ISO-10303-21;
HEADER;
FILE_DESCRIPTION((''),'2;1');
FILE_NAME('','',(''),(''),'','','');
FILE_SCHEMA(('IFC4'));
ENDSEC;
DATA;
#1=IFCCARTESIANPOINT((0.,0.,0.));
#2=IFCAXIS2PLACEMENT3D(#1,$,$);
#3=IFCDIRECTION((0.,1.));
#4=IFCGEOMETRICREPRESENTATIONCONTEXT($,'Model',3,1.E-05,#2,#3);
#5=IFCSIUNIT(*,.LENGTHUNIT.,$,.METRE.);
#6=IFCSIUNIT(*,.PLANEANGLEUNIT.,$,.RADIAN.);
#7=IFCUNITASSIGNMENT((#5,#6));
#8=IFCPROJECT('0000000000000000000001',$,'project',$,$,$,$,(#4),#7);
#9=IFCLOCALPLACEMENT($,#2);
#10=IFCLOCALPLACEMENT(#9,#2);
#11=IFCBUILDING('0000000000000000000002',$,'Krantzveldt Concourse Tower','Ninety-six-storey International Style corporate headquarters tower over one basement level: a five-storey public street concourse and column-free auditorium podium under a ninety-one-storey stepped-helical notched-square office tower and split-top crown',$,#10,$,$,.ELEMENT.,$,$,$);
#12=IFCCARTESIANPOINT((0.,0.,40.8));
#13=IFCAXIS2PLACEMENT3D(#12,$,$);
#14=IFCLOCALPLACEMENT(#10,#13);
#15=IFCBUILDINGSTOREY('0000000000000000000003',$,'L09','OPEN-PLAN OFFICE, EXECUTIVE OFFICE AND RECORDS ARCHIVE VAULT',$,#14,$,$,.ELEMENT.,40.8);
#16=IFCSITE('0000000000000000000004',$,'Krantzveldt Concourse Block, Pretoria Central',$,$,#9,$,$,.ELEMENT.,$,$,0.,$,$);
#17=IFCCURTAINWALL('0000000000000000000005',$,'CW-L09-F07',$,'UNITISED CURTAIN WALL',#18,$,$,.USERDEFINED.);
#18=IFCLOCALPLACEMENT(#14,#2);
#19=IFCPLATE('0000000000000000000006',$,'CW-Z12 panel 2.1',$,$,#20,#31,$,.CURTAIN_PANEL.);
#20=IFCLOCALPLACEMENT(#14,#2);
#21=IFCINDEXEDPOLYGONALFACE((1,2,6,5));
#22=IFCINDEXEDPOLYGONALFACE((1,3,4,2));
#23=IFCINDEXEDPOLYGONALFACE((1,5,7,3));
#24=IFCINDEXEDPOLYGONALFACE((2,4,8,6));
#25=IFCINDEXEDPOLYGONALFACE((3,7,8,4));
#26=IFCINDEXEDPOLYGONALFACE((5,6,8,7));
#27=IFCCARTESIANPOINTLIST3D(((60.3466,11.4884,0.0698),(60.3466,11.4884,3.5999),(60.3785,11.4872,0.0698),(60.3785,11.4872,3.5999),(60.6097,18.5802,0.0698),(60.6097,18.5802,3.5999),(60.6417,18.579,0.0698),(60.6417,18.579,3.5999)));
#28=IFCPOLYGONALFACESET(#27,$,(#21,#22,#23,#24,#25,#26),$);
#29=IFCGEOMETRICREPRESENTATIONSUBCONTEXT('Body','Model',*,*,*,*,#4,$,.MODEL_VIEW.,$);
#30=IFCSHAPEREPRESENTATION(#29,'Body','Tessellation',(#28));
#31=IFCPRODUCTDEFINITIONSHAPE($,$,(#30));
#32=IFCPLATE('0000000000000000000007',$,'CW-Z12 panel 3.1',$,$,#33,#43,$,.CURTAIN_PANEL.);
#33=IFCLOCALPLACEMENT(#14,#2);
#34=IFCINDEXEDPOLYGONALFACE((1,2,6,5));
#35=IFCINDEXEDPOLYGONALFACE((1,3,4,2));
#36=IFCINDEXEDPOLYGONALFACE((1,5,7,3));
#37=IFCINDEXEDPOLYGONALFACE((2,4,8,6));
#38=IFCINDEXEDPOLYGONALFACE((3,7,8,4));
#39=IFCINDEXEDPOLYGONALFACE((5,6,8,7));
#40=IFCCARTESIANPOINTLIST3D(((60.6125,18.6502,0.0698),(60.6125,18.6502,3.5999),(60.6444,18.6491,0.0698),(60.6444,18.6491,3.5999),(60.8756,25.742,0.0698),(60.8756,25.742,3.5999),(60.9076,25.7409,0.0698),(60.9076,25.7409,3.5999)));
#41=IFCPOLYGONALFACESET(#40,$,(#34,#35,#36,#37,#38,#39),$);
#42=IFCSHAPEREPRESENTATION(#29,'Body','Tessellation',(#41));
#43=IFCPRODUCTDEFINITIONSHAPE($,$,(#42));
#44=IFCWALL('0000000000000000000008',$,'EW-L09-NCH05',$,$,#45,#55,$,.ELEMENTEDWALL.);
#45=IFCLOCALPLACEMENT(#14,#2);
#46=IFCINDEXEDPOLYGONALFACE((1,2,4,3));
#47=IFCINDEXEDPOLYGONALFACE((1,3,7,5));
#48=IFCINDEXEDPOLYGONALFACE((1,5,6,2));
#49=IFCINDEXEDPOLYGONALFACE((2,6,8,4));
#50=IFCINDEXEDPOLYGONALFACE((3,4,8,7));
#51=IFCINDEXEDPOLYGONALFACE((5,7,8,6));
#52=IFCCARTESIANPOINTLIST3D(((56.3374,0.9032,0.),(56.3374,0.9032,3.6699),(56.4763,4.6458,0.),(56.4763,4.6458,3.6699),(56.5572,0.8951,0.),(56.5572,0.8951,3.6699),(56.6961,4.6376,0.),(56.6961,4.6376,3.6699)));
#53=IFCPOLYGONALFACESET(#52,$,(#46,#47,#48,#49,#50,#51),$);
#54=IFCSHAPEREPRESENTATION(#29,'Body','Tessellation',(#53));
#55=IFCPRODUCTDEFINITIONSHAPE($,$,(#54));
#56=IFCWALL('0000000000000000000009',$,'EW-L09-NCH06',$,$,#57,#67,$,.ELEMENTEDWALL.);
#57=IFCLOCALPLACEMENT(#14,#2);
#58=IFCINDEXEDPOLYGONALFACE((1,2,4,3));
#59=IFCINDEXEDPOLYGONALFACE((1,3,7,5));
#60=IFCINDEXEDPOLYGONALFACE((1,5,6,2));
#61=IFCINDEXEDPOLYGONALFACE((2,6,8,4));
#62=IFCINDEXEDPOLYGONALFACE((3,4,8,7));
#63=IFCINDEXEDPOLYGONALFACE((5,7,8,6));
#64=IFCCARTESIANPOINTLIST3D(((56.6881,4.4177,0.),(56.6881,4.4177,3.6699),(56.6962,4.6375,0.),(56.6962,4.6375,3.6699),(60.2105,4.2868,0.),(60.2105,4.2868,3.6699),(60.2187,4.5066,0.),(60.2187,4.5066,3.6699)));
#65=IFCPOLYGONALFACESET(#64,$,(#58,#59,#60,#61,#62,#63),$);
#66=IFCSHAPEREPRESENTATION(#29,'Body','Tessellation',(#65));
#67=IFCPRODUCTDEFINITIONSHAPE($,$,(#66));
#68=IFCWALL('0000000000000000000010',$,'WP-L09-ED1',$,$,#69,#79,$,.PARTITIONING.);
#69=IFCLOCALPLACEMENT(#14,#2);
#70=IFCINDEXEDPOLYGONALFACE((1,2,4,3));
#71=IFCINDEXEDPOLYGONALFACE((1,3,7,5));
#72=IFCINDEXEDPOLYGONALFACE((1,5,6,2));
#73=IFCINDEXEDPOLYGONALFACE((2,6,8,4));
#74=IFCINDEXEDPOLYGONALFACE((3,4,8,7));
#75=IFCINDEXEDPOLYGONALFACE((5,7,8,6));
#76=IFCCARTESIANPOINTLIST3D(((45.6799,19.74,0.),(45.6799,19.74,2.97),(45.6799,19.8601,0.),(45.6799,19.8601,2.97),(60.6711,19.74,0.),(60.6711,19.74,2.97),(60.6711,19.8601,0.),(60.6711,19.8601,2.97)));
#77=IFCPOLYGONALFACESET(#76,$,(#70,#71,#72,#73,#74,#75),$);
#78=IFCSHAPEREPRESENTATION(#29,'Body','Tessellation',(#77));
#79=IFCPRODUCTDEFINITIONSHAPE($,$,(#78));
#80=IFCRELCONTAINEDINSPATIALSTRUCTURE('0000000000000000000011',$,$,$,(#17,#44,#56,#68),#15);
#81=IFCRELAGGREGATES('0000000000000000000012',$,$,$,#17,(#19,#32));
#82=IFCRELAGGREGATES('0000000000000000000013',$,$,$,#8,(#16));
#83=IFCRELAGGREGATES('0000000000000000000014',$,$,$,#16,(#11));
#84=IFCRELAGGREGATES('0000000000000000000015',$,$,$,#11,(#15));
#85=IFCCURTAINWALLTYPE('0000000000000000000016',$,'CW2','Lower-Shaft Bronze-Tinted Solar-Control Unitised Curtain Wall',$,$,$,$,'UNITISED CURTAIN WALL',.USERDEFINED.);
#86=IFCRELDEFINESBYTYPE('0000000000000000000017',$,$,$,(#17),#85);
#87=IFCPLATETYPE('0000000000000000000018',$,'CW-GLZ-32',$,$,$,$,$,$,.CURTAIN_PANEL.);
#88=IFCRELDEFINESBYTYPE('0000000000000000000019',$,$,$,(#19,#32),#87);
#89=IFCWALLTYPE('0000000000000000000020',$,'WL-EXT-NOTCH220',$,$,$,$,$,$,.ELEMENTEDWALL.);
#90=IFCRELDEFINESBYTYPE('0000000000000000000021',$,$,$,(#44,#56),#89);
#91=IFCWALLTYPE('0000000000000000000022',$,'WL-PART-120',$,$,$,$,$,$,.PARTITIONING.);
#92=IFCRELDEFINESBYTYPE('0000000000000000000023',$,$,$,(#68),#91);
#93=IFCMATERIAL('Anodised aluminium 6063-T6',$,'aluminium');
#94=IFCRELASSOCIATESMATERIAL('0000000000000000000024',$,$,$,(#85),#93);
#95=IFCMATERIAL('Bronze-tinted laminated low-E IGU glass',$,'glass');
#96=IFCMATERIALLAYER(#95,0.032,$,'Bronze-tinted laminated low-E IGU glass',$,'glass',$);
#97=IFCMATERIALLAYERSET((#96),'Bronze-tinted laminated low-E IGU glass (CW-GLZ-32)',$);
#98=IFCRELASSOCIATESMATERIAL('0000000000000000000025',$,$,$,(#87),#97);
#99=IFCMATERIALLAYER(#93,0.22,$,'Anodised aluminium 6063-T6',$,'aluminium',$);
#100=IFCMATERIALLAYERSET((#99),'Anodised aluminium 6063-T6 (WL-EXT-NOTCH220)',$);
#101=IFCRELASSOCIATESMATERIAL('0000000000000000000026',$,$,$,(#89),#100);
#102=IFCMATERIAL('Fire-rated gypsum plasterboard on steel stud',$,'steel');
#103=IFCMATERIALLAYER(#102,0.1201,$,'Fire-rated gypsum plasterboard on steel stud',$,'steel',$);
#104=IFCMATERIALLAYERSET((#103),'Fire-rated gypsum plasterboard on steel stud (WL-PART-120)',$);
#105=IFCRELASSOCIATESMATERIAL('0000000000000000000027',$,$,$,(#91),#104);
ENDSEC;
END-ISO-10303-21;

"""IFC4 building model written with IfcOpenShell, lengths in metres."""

from ifc_helpers import new_model, si_unit, direction, frame, frame_2d, origin, origin_2d, place, context, subcontext, project, spatial, rectangle, extrude, source, transform, mapped, material, layer, layer_set, type_object, element, aggregate, save


model = new_model("IFC4")

# Units and contexts
model_context = context("Model", 3, precision=1e-05, world=origin(), true_north=direction((0.0, 1.0)))
body_context = subcontext(model_context, "Body", "Model", "MODEL_VIEW")
ifc_project = project(units=[si_unit("LENGTHUNIT", "METRE"), si_unit("PLANEANGLEUNIT", "RADIAN")], contexts=[model_context])

# Site, building, storey
site_placement = place(None, origin())
site = spatial("IfcSite", under=ifc_project, at=site_placement, Name="Krantzveldt Concourse Block, Pretoria Central", CompositionType="ELEMENT", RefElevation=0.0)
building_placement = place(site_placement, origin())
building = spatial("IfcBuilding", under=site, at=building_placement, Name="Krantzveldt Concourse Tower", Description="Ninety-six-storey International Style corporate headquarters tower over one basement level: a five-storey public street concourse and column-free auditorium podium under a ninety-one-storey stepped-helical notched-square office tower and split-top crown", CompositionType="ELEMENT")
storey_placement = place(building_placement, frame((0.0, 0.0, 40.8)))
storey = spatial("IfcBuildingStorey", under=building, at=storey_placement, Name="L09", Description="OPEN-PLAN OFFICE, EXECUTIVE OFFICE AND RECORDS ARCHIVE VAULT", CompositionType="ELEMENT", Elevation=40.8)

# Curtain wall
ifc_material_1 = material(Name="Anodised aluminium 6063-T6", Category="aluminium")
curtain_wall_type = type_object("IfcCurtainWallType", Name="CW2", Description="Lower-Shaft Bronze-Tinted Solar-Control Unitised Curtain Wall", ElementType="UNITISED CURTAIN WALL", PredefinedType="USERDEFINED", material=ifc_material_1)
curtain_wall_1_placement = place(storey_placement, origin())
curtain_wall_1 = element("IfcCurtainWall", 1, at=curtain_wall_1_placement, inside=storey, type_object=curtain_wall_type, Name="CW-L09-F07", ObjectType="UNITISED CURTAIN WALL", PredefinedType="USERDEFINED")

# Plates
ifc_material_2 = material(Name="Bronze-tinted laminated low-E IGU glass", Category="glass")
ifc_layer_1 = layer(ifc_material_2, 0.032, Name="Bronze-tinted laminated low-E IGU glass", Category="glass")
ifc_layer_set_1 = layer_set([ifc_layer_1], Name="Bronze-tinted laminated low-E IGU glass (CW-GLZ-32)")
plate_type = type_object("IfcPlateType", Name="CW-GLZ-32", PredefinedType="CURTAIN_PANEL", material=ifc_layer_set_1)
shared_shape_1 = source(origin(), body_context, "Body", "SweptSolid", [
    extrude(rectangle(XDim=7.0967, YDim=0.032, at=origin_2d()), origin(), (0.0, 0.0, 1.0), 3.53),
])
plate_1_placement = place(storey_placement, frame((60.4941, 15.0337, 0.0698), z_axis=(0.0, 0.0, 1.0), x_axis=(0.03708, 0.999312, 0.0)))
plate_1 = element("IfcPlate", 2, at=plate_1_placement, type_object=plate_type, Name="CW-Z12 panel 2.1", PredefinedType="CURTAIN_PANEL", context=body_context, shape_type="MappedRepresentation", body=[
    mapped(shared_shape_1, transform((0.0, 0.0, 0.0), x_axis=(1.0, 0.0, 0.0), y_axis=(0.0, 1.0, 0.0), z_axis=(0.0, 0.0, 1.0), scale=1.0)),
])
plate_2_placement = place(storey_placement, frame((60.76, 22.1956, 0.0698), z_axis=(0.0, 0.0, 1.0), x_axis=(0.03708, 0.999312, 0.0)))
plate_2 = element("IfcPlate", 3, at=plate_2_placement, type_object=plate_type, Name="CW-Z12 panel 3.1", PredefinedType="CURTAIN_PANEL", context=body_context, shape_type="MappedRepresentation", body=[
    mapped(shared_shape_1, transform((0.0, 0.0, 0.0), x_axis=(1.0, 0.0, 0.0), y_axis=(0.0, 1.0, 0.0), z_axis=(0.0, 0.0, 1.0), scale=1.0)),
])
aggregate(curtain_wall_1, [plate_1, plate_2])

# Walls
ifc_layer_2 = layer(ifc_material_1, 0.22, Name="Anodised aluminium 6063-T6", Category="aluminium")
ifc_layer_set_2 = layer_set([ifc_layer_2], Name="Anodised aluminium 6063-T6 (WL-EXT-NOTCH220)")
wall_type_1 = type_object("IfcWallType", Name="WL-EXT-NOTCH220", PredefinedType="ELEMENTEDWALL", material=ifc_layer_set_2)
wall_1_placement = place(storey_placement, frame((56.4473, 0.8992, 0.0), z_axis=(0.0, 0.0, 1.0), x_axis=(0.037094, 0.999312, 0.0)))
element("IfcWall", 4, at=wall_1_placement, inside=storey, type_object=wall_type_1, Name="EW-L09-NCH05", PredefinedType="ELEMENTEDWALL", context=body_context, shape_type="SweptSolid", body=[
    extrude(rectangle(XDim=3.7451, YDim=0.22, at=frame_2d((1.8726, 0.0))), origin(), (0.0, 0.0, 1.0), 3.6699),
])
wall_2_placement = place(storey_placement, frame((56.6921, 4.5276, 0.0), z_axis=(0.0, 0.0, 1.0), x_axis=(0.999311, -0.037124, 0.0)))
element("IfcWall", 5, at=wall_2_placement, inside=storey, type_object=wall_type_1, Name="EW-L09-NCH06", PredefinedType="ELEMENTEDWALL", context=body_context, shape_type="SweptSolid", body=[
    extrude(rectangle(XDim=3.5249, YDim=0.22, at=frame_2d((1.7625, 0.0))), origin(), (0.0, 0.0, 1.0), 3.6699),
])
ifc_material_3 = material(Name="Fire-rated gypsum plasterboard on steel stud", Category="steel")
ifc_layer_3 = layer(ifc_material_3, 0.1201, Name="Fire-rated gypsum plasterboard on steel stud", Category="steel")
ifc_layer_set_3 = layer_set([ifc_layer_3], Name="Fire-rated gypsum plasterboard on steel stud (WL-PART-120)")
wall_type_2 = type_object("IfcWallType", Name="WL-PART-120", PredefinedType="PARTITIONING", material=ifc_layer_set_3)
wall_3_placement = place(storey_placement, frame((45.6799, 19.8, 0.0), z_axis=(0.0, 0.0, 1.0), x_axis=(1.0, 0.0, 0.0)))
element("IfcWall", 6, at=wall_3_placement, inside=storey, type_object=wall_type_2, Name="WP-L09-ED1", PredefinedType="PARTITIONING", context=body_context, shape_type="SweptSolid", body=[
    extrude(rectangle(XDim=14.9912, YDim=0.1201, at=frame_2d((7.4956, 0.0))), origin(), (0.0, 0.0, 1.0), 2.97),
])

save(model, "model.ifc")
